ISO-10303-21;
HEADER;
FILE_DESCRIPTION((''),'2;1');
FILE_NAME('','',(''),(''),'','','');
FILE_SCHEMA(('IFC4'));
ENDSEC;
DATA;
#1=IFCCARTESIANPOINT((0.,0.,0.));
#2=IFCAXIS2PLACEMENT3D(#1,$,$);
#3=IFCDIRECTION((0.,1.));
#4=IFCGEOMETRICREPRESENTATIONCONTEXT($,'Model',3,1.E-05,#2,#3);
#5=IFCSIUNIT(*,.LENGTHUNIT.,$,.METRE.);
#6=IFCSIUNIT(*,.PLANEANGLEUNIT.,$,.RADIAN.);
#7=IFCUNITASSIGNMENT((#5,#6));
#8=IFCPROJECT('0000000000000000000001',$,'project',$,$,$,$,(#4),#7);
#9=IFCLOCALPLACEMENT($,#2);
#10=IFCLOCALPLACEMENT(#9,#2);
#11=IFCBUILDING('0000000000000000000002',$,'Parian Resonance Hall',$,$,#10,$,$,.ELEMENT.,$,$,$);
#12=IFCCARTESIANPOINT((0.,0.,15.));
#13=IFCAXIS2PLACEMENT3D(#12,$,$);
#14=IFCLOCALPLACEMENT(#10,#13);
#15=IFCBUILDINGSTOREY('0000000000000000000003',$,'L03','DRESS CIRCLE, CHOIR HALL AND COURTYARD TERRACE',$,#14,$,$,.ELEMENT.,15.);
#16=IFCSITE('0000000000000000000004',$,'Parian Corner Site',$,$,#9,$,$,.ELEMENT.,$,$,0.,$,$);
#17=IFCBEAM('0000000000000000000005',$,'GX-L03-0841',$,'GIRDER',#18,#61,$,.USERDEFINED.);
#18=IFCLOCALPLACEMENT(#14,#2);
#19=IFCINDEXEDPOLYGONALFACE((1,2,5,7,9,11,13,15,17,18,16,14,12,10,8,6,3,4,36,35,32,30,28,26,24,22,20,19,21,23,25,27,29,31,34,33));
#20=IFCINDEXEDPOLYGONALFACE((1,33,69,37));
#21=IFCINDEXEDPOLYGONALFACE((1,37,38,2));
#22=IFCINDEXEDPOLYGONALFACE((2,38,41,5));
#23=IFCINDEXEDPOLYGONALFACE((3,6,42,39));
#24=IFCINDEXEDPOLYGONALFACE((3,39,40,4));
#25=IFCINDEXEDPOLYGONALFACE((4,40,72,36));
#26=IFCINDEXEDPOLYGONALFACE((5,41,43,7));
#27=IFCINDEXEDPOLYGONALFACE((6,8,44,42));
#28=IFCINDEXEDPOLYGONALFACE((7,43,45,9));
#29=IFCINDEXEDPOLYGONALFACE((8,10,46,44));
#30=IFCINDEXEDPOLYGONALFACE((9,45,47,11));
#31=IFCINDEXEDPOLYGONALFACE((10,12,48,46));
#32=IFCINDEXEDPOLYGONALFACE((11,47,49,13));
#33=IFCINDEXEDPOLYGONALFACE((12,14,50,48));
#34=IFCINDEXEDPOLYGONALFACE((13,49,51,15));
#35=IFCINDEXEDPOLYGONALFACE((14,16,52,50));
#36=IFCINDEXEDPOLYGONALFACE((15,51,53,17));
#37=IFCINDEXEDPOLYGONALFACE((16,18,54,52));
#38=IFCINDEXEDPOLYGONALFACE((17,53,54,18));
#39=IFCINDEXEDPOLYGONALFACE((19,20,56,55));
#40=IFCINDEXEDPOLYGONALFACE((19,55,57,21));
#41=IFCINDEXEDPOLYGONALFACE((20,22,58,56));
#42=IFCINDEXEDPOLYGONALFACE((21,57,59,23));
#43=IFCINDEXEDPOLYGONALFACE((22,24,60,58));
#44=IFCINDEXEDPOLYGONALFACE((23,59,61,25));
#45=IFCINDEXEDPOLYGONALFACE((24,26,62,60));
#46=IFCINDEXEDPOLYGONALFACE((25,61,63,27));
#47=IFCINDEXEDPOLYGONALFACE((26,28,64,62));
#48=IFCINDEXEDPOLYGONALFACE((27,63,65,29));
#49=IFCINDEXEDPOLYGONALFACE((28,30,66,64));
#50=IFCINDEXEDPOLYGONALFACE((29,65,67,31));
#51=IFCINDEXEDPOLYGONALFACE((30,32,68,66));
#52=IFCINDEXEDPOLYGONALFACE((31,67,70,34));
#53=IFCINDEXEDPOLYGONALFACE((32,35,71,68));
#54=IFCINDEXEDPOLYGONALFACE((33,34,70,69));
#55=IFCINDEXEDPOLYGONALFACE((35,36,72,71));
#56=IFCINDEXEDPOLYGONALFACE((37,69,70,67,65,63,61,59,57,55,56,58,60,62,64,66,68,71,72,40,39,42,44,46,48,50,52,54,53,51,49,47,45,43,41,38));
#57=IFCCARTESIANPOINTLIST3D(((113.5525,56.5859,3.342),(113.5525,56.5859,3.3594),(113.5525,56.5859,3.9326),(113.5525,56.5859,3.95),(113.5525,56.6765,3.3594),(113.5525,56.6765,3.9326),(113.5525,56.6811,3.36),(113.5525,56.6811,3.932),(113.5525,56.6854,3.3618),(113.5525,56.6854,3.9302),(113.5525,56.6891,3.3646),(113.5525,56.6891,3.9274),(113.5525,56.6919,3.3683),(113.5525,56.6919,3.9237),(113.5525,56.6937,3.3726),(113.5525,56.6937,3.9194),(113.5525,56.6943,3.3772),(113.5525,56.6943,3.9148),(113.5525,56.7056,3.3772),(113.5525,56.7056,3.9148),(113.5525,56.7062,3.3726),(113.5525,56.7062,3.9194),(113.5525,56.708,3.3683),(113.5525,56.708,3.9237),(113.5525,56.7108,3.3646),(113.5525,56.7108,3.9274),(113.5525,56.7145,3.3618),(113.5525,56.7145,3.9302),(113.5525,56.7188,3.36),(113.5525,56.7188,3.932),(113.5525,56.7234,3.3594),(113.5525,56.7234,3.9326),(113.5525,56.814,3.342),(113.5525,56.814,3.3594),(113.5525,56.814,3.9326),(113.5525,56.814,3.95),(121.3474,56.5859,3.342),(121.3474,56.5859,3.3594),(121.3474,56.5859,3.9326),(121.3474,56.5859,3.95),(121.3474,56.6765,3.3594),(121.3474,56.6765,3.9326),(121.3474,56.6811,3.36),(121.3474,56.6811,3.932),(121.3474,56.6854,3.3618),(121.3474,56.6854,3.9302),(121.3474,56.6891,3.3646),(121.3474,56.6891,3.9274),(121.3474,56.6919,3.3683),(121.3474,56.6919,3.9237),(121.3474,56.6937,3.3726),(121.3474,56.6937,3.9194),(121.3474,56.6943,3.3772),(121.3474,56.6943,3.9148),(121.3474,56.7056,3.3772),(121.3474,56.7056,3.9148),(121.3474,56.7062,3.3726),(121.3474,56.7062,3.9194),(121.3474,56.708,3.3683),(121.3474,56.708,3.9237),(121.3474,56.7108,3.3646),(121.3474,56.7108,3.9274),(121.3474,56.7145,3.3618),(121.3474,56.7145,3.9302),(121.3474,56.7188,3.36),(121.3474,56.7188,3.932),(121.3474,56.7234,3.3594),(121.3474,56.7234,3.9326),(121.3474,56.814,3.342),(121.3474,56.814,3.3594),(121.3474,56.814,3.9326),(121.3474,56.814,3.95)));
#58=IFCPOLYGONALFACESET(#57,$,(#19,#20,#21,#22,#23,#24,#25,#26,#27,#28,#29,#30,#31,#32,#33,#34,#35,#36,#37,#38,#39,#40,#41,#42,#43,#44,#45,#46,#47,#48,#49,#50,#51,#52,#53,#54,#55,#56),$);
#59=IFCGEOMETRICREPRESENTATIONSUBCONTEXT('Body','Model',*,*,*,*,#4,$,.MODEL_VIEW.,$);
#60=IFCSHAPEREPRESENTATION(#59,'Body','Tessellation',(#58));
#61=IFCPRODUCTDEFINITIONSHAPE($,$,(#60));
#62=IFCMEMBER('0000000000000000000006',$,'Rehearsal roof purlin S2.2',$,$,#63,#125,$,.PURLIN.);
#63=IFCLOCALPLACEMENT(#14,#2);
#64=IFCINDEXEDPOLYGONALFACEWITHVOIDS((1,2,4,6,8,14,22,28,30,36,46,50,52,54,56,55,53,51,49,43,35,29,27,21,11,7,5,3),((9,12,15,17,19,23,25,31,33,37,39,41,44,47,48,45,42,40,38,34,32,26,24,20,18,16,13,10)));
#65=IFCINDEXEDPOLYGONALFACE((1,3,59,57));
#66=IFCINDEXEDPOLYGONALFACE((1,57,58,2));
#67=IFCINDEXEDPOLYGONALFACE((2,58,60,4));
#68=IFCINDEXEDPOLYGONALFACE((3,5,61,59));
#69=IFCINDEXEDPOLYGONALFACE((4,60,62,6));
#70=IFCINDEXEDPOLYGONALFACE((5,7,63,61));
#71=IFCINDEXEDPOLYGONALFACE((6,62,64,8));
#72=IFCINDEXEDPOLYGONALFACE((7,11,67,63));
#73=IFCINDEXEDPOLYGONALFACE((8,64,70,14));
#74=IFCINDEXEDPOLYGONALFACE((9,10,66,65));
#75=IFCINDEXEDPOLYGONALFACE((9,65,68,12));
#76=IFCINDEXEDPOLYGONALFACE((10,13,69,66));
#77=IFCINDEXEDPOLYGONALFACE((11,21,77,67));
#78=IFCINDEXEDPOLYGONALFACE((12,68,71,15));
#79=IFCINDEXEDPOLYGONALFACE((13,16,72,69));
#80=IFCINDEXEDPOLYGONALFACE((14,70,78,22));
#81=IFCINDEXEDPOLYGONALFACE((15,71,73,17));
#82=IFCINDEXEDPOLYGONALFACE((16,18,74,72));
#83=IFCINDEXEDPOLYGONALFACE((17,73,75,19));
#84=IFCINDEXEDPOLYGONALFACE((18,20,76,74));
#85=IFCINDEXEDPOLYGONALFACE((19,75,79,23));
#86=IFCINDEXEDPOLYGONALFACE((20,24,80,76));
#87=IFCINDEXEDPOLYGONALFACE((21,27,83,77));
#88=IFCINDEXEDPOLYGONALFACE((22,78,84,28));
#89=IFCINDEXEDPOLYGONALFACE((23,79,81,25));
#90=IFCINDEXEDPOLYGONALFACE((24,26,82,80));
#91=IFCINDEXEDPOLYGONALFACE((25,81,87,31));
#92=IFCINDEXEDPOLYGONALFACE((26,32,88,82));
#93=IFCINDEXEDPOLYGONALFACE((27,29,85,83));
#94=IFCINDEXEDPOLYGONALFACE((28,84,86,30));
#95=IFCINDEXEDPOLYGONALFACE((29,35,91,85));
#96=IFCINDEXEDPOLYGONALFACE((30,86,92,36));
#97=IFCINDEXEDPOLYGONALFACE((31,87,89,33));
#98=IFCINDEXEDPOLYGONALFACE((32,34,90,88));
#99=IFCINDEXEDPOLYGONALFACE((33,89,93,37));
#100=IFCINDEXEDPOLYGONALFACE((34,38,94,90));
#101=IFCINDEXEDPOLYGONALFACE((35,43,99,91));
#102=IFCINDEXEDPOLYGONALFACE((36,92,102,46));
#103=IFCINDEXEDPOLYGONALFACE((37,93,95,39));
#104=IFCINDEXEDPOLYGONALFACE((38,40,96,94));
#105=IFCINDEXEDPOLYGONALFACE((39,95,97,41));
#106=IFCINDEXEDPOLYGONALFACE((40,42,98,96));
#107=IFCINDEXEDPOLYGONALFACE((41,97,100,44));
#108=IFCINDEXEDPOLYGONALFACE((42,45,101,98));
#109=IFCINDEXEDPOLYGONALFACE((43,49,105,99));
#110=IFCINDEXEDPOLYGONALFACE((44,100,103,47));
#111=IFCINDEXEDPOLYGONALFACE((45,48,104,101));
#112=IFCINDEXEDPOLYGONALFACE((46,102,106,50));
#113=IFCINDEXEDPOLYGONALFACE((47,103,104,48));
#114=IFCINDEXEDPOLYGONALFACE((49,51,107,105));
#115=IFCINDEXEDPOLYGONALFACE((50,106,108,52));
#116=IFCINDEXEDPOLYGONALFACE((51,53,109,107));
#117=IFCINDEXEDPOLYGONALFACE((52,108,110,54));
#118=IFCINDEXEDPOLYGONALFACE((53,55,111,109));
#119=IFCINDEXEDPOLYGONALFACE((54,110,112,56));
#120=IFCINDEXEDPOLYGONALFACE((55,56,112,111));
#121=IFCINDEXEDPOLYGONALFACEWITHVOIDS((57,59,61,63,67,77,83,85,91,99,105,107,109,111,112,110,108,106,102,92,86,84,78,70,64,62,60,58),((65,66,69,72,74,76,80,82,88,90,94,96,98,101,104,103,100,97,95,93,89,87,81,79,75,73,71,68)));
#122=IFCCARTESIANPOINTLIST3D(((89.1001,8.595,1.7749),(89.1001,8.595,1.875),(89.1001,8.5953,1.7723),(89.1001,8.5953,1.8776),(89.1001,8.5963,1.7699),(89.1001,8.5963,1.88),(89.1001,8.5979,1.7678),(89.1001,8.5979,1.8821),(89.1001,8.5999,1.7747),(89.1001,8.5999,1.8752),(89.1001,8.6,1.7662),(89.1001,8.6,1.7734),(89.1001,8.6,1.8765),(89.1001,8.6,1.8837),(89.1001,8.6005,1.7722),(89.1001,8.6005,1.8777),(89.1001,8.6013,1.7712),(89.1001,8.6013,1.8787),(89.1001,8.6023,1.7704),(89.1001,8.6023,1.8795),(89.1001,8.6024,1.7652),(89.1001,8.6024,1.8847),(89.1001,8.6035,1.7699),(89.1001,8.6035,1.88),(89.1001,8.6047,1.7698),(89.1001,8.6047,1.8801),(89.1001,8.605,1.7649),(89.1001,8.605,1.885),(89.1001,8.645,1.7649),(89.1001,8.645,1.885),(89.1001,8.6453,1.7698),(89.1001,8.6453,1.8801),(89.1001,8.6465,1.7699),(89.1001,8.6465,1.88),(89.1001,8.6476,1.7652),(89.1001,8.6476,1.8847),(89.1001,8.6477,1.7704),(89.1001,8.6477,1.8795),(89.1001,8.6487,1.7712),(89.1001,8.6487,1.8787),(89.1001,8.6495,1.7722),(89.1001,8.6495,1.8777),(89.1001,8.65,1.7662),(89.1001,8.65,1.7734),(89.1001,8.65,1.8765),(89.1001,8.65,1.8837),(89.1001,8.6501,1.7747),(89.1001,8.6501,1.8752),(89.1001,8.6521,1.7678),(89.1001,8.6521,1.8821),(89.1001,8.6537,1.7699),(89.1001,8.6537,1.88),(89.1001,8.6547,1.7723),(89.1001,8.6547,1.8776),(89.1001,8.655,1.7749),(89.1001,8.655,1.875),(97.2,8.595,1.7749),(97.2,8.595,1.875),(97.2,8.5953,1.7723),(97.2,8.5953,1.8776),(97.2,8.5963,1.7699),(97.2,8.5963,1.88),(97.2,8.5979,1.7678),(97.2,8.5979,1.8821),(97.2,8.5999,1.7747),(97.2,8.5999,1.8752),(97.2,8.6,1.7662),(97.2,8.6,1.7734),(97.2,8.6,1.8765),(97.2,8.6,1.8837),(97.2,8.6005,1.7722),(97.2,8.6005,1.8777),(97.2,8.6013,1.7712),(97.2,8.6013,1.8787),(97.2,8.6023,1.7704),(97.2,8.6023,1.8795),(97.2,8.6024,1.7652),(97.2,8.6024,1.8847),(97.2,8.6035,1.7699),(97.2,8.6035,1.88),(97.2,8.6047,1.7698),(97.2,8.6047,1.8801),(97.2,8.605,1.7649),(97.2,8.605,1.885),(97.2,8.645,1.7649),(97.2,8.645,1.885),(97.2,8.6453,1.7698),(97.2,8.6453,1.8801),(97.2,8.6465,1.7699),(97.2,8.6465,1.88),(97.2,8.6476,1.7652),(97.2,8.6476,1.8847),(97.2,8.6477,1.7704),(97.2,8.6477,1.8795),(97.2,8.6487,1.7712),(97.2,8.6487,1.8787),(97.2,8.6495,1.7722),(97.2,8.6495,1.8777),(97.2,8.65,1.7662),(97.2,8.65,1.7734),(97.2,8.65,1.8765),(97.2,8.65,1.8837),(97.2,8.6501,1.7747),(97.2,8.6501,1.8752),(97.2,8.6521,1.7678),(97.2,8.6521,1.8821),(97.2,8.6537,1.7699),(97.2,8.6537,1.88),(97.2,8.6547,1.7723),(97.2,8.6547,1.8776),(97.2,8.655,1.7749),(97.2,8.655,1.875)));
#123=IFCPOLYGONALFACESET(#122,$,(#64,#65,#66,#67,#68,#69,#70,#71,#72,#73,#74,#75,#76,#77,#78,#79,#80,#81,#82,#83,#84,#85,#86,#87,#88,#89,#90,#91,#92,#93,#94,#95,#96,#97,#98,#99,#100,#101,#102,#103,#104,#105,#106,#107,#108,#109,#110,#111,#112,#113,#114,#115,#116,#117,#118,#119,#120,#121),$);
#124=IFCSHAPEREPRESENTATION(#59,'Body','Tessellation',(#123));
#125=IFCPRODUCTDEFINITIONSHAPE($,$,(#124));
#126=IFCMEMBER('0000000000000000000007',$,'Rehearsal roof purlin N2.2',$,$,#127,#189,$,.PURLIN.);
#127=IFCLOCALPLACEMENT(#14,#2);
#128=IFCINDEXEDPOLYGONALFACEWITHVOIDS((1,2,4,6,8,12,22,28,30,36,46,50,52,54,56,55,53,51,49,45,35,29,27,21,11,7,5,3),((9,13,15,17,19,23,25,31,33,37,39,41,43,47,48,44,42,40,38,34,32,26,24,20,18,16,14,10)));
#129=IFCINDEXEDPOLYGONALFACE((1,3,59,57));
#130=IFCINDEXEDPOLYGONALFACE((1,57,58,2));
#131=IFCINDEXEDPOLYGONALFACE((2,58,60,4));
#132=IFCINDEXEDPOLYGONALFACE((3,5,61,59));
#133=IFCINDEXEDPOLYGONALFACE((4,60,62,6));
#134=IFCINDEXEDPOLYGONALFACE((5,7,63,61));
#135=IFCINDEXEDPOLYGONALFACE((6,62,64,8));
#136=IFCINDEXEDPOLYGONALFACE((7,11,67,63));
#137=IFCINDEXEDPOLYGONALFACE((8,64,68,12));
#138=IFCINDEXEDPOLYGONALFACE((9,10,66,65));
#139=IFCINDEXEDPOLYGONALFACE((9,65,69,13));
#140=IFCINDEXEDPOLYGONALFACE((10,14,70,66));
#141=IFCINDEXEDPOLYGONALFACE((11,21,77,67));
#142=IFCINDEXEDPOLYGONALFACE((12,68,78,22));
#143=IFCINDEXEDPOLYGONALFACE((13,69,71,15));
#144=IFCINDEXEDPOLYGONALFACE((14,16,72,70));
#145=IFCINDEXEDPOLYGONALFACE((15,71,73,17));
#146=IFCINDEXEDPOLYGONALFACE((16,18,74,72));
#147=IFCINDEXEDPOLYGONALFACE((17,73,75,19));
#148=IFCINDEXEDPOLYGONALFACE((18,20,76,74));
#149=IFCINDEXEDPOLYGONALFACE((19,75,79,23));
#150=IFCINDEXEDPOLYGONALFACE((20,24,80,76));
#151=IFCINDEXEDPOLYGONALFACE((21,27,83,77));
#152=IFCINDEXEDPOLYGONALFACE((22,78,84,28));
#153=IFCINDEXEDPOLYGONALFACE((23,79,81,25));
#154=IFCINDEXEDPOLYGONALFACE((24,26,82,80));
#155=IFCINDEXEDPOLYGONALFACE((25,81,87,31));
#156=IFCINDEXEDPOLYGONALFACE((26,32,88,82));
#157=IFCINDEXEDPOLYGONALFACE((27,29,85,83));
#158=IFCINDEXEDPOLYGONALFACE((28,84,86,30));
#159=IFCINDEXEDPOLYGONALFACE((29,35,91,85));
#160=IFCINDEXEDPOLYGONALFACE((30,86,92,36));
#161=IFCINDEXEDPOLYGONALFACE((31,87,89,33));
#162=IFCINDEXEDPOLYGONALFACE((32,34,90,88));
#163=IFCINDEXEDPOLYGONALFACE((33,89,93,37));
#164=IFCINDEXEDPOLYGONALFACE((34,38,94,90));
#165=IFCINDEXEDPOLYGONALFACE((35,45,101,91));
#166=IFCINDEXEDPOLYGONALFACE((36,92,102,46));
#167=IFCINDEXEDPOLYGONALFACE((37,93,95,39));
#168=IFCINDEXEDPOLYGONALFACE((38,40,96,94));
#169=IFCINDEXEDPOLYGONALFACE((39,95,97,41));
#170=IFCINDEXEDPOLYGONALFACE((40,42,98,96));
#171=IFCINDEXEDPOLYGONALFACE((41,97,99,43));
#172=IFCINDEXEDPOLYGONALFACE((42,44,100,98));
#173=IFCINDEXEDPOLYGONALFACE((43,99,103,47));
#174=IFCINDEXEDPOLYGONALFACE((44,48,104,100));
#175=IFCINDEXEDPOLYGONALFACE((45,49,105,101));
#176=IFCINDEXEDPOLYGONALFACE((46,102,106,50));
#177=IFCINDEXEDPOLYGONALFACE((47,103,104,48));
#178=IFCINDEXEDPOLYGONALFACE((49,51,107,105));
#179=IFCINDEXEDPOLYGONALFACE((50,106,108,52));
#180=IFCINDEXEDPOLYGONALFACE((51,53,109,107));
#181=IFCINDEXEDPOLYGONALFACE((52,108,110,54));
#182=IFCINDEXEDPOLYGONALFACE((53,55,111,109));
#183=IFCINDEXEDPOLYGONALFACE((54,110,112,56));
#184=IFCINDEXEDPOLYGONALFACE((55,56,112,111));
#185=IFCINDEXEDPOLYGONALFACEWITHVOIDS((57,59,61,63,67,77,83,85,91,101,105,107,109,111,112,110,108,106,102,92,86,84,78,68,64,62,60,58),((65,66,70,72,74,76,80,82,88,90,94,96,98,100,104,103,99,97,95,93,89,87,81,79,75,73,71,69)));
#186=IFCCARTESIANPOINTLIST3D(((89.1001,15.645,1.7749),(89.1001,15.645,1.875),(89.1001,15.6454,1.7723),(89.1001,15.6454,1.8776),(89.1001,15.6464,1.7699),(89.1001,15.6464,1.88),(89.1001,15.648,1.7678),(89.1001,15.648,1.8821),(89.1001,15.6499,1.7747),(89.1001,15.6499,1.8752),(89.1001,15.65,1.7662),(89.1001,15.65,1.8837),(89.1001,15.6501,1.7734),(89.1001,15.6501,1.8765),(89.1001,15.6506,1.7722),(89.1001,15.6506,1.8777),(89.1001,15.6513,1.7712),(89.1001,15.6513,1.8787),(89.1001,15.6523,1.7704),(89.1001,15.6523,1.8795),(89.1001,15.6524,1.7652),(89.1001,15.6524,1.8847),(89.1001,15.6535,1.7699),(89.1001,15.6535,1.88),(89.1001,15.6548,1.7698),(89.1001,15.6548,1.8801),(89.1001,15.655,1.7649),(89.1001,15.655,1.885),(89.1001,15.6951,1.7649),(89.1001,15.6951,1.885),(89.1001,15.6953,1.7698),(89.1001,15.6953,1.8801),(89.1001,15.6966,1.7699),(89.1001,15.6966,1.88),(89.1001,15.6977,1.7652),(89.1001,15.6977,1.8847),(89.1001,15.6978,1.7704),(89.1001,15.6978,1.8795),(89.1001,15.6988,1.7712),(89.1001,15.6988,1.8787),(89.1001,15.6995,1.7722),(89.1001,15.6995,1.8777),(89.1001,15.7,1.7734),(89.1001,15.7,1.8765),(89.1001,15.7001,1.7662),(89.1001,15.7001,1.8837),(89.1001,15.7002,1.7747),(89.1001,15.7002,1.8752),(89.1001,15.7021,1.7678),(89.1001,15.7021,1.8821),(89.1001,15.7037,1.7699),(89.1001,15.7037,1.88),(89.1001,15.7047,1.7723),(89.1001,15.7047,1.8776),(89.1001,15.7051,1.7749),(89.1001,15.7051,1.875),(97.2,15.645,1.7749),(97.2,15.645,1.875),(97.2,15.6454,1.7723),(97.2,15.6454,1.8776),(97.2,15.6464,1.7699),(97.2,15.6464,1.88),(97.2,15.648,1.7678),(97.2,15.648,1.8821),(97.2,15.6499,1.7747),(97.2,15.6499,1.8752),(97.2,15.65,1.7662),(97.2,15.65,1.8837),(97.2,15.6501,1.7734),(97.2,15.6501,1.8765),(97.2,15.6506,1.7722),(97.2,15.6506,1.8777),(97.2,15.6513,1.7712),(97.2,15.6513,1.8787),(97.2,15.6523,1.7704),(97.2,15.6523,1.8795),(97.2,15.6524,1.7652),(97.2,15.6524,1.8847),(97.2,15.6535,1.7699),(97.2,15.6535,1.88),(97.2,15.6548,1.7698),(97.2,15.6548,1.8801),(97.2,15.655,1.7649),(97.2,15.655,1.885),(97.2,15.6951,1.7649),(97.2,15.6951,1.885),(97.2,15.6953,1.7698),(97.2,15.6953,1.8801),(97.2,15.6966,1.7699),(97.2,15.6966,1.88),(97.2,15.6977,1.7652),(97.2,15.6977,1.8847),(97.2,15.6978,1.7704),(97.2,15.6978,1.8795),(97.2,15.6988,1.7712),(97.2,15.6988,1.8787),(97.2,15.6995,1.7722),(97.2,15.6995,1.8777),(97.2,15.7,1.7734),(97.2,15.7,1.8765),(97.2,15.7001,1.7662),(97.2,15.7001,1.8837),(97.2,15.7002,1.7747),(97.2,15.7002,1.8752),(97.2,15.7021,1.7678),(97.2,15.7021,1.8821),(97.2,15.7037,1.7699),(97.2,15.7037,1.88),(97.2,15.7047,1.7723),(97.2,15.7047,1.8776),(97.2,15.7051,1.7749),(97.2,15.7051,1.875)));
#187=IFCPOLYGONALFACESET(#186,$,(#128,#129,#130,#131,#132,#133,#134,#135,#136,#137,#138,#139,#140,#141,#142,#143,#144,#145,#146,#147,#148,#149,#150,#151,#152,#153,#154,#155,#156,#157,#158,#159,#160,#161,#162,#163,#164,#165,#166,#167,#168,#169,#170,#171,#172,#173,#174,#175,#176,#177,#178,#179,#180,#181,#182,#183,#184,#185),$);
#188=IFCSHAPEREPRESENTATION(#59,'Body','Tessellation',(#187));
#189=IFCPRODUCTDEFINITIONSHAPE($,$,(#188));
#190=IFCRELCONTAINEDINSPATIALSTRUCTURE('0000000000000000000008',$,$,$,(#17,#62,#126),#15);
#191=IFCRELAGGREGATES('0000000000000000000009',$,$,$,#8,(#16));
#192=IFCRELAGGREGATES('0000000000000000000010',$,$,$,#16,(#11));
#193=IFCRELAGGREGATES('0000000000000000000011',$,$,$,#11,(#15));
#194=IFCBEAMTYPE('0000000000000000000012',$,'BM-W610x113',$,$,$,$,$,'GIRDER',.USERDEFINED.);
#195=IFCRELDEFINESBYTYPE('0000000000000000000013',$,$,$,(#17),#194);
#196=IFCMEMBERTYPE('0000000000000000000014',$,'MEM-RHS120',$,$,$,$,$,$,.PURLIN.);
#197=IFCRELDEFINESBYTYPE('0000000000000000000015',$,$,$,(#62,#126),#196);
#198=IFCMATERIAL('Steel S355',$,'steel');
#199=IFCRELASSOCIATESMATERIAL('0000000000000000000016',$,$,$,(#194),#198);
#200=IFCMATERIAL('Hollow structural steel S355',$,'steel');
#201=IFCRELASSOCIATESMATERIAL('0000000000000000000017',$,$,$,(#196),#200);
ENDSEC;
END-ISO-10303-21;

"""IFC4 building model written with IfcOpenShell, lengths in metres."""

from ifc_helpers import new_model, si_unit, direction, frame, origin, origin_2d, place, context, subcontext, project, spatial, hollow_rectangle, i_section, extrude, material, material_profile, profile_set, type_object, element, save


model = new_model("IFC4")

# Units and contexts
model_context = context("Model", 3, precision=1e-05, world=origin(), true_north=direction((0.0, 1.0)))
body_context = subcontext(model_context, "Body", "Model", "MODEL_VIEW")
ifc_project = project(units=[si_unit("LENGTHUNIT", "METRE"), si_unit("PLANEANGLEUNIT", "RADIAN")], contexts=[model_context])

# Site, building, storey
site_placement = place(None, origin())
site = spatial("IfcSite", under=ifc_project, at=site_placement, Name="Parian Corner Site", CompositionType="ELEMENT", RefElevation=0.0)
building_placement = place(site_placement, origin())
building = spatial("IfcBuilding", under=site, at=building_placement, Name="Parian Resonance Hall", CompositionType="ELEMENT")
storey_placement = place(building_placement, frame((0.0, 0.0, 15.0)))
storey = spatial("IfcBuildingStorey", under=building, at=storey_placement, Name="L03", Description="DRESS CIRCLE, CHOIR HALL AND COURTYARD TERRACE", CompositionType="ELEMENT", Elevation=15.0)

# Beam
ifc_material_1 = material(Name="Steel S355", Category="steel")
ifc_material_profile_1 = material_profile(ifc_material_1, i_section(OverallWidth=0.228, OverallDepth=0.6079, WebThickness=0.0112, FlangeThickness=0.0173, FilletRadius=0.0178, at=origin_2d()), Name="W610x113")
ifc_profile_set_1 = profile_set([ifc_material_profile_1], Name="Steel S355")
beam_type_1 = type_object("IfcBeamType", Name="BM-W610x113", ElementType="GIRDER", PredefinedType="USERDEFINED", material=ifc_profile_set_1)
beam_1_placement = place(storey_placement, frame((113.5525, 56.7, 3.646), z_axis=(1.0, 0.0, 0.0), x_axis=(0.0, 1.0, 0.0)))
element("IfcBeam", 1, at=beam_1_placement, inside=storey, type_object=beam_type_1, Name="GX-L03-0841", ObjectType="GIRDER", PredefinedType="USERDEFINED", context=body_context, shape_type="SweptSolid", body=[
    extrude(i_section(OverallWidth=0.228, OverallDepth=0.6079, WebThickness=0.0112, FlangeThickness=0.0173, FilletRadius=0.0178, at=origin_2d()), origin(), (0.0, 0.0, 1.0), 7.7949),
])

# Members
ifc_material_2 = material(Name="Hollow structural steel S355", Category="steel")
ifc_material_profile_2 = material_profile(ifc_material_2, hollow_rectangle(XDim=0.0601, YDim=0.1201, WallThickness=0.0049, InnerFilletRadius=0.0049, OuterFilletRadius=0.01, at=origin_2d()), Name="RHS120x60x5")
ifc_profile_set_2 = profile_set([ifc_material_profile_2], Name="Hollow structural steel S355")
member_type_1 = type_object("IfcMemberType", Name="MEM-RHS120", PredefinedType="PURLIN", material=ifc_profile_set_2)
for number, where, z_axis, x_axis, name in (
    (2, (89.1001, 8.625, 1.825), (1.0, 0.0, 0.0), (0.0, 1.0, 0.0), "Rehearsal roof purlin S2.2"),
    (3, (89.1001, 15.675, 1.825), (1.0, 0.0, 0.0), (0.0, 1.0, 0.0), "Rehearsal roof purlin N2.2"),
):
    element("IfcMember", number, at=place(storey_placement, frame(where, z_axis=z_axis, x_axis=x_axis)), inside=storey, type_object=member_type_1, Name=name, PredefinedType="PURLIN", context=body_context, shape_type="SweptSolid", body=[
        extrude(hollow_rectangle(XDim=0.0601, YDim=0.1201, WallThickness=0.0049, InnerFilletRadius=0.0049, OuterFilletRadius=0.01, at=origin_2d()), origin(), (0.0, 0.0, 1.0), 8.0999),
    ])

save(model, "model.ifc")
